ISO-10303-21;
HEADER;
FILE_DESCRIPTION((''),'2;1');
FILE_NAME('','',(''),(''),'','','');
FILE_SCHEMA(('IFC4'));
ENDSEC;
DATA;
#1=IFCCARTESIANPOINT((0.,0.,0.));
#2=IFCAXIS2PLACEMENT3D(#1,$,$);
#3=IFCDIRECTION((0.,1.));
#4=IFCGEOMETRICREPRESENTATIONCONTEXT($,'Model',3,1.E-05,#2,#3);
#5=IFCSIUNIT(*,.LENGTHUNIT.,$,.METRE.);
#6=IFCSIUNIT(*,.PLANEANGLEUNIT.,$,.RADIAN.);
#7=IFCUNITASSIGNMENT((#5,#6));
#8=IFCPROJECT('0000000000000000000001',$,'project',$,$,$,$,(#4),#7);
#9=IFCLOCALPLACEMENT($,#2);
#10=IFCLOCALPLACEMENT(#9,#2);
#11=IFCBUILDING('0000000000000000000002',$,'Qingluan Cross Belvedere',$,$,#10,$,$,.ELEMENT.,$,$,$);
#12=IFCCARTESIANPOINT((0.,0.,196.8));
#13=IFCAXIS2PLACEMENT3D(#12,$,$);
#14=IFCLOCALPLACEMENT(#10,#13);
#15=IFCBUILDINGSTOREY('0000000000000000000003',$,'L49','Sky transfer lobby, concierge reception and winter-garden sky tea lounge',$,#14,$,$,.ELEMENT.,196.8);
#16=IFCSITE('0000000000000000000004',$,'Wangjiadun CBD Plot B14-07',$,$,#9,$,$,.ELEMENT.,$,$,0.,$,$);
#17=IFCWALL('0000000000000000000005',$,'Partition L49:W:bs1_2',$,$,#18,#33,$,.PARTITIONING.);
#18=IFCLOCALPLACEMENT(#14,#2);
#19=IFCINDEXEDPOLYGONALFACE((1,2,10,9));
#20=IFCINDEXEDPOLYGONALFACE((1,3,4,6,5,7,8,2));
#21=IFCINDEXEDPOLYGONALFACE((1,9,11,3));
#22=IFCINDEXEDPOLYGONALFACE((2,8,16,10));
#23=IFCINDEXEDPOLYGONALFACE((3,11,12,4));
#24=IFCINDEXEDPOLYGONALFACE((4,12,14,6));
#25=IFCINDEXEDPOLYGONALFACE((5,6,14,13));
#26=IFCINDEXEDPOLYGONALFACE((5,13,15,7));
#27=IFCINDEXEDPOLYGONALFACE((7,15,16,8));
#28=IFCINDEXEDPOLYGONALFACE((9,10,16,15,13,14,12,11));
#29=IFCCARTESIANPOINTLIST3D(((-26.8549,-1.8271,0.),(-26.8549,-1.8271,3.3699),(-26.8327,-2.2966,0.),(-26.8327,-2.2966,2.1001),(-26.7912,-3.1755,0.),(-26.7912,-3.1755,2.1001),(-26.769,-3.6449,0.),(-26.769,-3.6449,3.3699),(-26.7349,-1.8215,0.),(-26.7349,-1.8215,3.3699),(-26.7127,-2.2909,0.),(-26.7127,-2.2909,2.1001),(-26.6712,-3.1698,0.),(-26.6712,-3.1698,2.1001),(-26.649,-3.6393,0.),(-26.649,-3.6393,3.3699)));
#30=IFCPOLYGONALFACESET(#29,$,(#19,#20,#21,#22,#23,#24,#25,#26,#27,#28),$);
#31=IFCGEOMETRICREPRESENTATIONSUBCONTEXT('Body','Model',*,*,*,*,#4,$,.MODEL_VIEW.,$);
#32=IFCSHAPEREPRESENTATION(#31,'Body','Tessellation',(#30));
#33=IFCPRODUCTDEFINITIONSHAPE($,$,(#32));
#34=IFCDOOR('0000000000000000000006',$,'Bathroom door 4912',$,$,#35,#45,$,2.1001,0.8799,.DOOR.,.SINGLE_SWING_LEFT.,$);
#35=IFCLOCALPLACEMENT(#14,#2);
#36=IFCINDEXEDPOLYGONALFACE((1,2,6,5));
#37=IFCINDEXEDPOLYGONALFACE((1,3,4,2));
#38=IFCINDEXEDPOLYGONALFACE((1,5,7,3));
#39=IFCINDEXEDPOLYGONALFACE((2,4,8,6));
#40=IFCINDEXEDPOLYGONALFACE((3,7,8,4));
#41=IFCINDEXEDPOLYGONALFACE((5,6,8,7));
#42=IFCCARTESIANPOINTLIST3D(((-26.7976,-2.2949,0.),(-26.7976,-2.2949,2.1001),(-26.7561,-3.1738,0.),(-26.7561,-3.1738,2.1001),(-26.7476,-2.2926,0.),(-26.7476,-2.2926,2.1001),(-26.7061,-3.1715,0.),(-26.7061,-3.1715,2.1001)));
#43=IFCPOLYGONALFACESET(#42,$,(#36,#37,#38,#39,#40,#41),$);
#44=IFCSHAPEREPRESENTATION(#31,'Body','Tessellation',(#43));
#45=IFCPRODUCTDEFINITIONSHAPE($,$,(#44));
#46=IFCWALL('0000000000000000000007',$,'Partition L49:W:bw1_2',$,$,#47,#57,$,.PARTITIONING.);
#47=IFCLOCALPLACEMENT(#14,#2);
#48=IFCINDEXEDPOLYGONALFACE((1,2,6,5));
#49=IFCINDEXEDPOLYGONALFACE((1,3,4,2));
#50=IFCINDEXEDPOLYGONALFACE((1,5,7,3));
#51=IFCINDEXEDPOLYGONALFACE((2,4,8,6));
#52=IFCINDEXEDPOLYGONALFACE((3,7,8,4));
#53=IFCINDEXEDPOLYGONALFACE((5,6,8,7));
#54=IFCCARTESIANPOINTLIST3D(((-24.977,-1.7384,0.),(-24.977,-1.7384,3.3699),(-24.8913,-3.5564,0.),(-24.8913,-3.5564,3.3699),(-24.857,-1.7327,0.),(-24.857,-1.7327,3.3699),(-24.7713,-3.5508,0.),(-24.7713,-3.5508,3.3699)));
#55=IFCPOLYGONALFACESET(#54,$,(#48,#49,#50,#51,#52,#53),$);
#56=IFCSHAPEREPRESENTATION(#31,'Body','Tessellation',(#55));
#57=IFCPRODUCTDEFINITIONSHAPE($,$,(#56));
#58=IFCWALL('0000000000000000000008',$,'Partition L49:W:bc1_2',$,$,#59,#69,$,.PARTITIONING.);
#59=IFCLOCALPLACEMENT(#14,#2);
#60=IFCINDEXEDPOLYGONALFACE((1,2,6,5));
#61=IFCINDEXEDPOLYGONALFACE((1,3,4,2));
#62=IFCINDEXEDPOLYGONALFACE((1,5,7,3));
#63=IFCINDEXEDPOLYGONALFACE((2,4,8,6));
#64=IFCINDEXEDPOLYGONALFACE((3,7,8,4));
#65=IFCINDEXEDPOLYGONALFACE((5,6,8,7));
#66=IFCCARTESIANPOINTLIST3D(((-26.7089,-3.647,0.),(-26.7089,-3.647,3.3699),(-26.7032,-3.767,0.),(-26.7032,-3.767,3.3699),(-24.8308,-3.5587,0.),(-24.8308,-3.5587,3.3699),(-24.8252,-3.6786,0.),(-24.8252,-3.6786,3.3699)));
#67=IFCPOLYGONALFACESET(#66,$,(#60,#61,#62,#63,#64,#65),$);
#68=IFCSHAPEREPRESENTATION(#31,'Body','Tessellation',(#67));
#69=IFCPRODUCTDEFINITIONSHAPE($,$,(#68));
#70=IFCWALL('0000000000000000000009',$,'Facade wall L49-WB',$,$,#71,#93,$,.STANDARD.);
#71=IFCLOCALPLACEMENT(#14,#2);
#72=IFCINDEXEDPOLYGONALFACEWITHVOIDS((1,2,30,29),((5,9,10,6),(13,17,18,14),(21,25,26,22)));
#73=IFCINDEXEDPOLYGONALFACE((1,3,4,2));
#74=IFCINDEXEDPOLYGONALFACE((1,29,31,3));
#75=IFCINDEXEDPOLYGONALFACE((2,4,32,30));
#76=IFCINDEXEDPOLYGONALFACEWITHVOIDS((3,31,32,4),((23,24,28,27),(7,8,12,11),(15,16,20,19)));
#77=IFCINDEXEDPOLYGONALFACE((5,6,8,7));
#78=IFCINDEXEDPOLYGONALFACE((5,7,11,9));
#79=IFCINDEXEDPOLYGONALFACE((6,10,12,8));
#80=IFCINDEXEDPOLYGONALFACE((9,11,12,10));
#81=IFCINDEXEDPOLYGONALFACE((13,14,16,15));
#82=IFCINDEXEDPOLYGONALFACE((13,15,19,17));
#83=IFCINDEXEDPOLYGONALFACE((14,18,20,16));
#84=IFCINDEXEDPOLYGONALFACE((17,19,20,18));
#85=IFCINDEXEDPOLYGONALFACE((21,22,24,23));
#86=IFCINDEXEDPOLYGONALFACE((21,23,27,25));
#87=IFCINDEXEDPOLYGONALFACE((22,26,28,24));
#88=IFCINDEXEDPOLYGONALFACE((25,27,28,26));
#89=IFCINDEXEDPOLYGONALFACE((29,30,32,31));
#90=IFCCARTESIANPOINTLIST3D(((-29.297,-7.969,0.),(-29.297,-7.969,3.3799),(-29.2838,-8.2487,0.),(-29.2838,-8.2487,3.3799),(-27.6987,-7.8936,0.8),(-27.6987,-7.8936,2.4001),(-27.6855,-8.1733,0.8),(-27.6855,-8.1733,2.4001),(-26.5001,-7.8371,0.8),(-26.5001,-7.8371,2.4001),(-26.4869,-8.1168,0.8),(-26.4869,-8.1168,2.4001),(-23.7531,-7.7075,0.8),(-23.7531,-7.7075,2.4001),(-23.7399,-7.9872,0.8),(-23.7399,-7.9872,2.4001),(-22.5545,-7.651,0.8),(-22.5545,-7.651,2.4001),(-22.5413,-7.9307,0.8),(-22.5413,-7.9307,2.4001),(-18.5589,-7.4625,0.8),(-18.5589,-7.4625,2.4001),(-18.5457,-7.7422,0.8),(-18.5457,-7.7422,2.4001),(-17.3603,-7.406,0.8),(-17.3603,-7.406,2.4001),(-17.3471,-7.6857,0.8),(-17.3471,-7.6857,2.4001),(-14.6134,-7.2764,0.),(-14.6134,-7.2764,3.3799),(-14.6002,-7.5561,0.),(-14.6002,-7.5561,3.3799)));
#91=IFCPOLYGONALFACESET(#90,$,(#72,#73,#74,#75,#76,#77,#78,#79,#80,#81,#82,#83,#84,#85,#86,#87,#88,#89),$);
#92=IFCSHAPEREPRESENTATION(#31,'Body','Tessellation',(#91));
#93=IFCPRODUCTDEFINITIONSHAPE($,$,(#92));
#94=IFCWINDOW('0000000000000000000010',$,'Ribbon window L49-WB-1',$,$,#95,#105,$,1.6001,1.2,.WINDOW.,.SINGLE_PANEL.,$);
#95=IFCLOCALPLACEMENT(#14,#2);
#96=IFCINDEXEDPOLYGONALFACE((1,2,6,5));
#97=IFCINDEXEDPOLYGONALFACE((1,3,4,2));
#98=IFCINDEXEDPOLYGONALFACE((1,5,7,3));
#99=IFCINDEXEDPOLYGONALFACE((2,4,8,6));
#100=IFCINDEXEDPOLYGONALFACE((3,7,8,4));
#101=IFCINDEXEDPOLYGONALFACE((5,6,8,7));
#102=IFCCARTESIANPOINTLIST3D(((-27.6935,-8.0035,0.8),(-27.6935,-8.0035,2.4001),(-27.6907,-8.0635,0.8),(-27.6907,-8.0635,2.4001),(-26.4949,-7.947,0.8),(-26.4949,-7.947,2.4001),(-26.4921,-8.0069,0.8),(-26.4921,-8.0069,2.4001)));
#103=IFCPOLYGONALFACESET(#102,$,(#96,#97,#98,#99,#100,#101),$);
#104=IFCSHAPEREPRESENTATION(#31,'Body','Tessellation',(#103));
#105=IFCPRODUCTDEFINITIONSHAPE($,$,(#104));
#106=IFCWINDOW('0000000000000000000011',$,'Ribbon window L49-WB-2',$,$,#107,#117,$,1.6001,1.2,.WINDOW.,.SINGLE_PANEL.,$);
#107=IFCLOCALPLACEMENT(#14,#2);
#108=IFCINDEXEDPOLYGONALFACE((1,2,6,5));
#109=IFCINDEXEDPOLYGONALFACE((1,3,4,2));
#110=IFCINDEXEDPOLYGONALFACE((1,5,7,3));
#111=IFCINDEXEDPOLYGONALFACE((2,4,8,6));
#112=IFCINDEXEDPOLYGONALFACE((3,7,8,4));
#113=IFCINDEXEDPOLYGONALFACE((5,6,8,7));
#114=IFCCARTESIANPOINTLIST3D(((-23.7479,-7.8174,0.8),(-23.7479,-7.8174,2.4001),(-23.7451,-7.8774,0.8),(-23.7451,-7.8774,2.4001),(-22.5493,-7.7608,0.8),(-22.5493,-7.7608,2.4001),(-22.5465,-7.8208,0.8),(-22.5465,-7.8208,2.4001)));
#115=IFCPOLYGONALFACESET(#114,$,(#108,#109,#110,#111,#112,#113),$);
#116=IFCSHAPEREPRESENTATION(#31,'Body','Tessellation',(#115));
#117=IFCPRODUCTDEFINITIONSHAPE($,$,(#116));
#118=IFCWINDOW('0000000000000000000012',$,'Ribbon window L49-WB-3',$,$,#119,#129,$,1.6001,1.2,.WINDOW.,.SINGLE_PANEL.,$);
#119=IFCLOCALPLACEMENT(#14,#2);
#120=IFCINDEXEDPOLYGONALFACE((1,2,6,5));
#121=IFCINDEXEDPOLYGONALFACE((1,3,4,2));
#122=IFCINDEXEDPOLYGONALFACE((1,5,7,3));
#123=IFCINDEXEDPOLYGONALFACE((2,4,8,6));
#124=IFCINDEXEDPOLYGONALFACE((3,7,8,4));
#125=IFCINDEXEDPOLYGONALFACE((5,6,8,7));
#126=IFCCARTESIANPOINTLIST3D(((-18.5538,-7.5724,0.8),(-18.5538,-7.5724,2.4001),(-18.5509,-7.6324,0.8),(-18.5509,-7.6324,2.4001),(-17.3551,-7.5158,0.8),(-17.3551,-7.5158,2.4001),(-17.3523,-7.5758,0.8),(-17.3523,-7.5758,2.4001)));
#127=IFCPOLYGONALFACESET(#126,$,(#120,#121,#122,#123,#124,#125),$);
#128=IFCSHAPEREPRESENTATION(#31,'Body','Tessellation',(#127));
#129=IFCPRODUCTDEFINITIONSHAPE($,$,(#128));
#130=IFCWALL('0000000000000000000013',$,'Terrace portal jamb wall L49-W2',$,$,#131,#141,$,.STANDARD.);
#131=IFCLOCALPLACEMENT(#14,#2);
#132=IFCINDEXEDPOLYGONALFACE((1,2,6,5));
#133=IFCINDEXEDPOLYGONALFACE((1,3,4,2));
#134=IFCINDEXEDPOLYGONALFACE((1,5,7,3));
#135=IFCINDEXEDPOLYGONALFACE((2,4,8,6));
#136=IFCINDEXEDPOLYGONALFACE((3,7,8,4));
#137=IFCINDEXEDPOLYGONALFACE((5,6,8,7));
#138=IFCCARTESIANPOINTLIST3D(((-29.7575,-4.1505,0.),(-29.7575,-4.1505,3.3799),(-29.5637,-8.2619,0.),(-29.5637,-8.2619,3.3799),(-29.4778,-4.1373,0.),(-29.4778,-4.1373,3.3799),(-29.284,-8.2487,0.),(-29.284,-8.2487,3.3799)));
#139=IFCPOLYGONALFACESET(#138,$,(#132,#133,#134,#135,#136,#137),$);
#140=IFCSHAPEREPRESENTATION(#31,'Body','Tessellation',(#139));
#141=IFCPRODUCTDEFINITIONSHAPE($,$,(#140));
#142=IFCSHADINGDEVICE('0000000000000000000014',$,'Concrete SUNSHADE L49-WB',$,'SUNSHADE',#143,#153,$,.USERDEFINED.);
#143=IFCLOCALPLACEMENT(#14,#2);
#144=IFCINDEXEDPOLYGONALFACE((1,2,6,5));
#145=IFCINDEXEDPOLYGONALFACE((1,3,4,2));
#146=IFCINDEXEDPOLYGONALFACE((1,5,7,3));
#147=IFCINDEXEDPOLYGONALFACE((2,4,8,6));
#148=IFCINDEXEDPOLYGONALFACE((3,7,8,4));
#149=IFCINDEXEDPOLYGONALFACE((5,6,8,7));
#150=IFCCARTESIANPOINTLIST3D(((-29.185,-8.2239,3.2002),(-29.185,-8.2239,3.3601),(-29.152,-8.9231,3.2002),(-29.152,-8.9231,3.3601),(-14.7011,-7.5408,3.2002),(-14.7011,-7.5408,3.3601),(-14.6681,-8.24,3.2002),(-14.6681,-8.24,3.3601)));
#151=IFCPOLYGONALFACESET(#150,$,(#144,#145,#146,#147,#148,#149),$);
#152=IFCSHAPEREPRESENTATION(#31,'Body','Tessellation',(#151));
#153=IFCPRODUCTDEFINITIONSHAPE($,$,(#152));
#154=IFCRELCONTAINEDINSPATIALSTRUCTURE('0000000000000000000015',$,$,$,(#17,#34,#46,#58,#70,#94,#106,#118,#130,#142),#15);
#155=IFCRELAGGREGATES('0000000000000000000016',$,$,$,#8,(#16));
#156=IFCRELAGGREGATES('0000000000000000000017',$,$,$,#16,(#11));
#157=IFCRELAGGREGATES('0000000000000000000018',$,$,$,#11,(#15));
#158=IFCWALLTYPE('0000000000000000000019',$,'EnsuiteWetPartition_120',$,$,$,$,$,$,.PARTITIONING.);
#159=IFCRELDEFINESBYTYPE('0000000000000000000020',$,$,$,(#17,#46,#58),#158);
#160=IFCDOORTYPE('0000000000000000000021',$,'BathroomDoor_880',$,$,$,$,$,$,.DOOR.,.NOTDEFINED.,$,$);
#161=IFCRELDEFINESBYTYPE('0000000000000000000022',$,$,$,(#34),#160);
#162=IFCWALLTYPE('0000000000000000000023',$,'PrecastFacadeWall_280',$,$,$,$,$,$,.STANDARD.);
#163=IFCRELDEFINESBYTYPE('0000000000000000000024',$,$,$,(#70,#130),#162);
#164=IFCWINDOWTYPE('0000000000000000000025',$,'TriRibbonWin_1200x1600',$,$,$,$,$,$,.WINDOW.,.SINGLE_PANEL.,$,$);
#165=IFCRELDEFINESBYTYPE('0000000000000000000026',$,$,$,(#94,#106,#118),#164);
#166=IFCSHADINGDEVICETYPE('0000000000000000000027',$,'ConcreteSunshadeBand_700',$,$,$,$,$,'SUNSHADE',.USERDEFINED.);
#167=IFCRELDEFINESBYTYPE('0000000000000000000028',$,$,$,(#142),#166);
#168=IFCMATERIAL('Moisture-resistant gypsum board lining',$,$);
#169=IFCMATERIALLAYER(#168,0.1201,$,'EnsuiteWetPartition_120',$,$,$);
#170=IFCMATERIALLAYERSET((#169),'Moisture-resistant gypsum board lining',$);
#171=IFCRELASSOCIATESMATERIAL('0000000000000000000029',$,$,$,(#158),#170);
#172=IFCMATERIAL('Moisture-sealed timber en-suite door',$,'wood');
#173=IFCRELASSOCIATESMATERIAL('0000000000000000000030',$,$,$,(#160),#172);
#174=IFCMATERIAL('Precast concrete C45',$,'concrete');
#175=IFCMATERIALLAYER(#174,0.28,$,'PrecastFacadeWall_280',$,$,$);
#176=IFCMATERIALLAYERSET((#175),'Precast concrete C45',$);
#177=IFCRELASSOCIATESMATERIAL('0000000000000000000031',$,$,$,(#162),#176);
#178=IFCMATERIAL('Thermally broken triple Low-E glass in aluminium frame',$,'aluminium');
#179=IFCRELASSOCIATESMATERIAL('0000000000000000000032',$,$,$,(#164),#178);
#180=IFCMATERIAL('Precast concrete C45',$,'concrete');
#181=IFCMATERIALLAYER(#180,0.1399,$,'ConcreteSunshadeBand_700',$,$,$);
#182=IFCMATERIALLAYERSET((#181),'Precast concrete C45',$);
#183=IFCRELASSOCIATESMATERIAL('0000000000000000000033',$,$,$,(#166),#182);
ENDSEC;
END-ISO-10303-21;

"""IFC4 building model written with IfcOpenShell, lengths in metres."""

from ifc_helpers import new_model, si_unit, direction, frame, frame_2d, origin, origin_2d, place, context, subcontext, project, spatial, rectangle, extrude, material, layer, layer_set, type_object, element, fill, save


model = new_model("IFC4")

# Units and contexts
model_context = context("Model", 3, precision=1e-05, world=origin(), true_north=direction((0.0, 1.0)))
body_context = subcontext(model_context, "Body", "Model", "MODEL_VIEW")
ifc_project = project(units=[si_unit("LENGTHUNIT", "METRE"), si_unit("PLANEANGLEUNIT", "RADIAN")], contexts=[model_context])

# Site, building, storey
site_placement = place(None, origin())
site = spatial("IfcSite", under=ifc_project, at=site_placement, Name="Wangjiadun CBD Plot B14-07", CompositionType="ELEMENT", RefElevation=0.0)
building_placement = place(site_placement, origin())
building = spatial("IfcBuilding", under=site, at=building_placement, Name="Qingluan Cross Belvedere", CompositionType="ELEMENT")
storey_placement = place(building_placement, frame((0.0, 0.0, 196.8)))
storey = spatial("IfcBuildingStorey", under=building, at=storey_placement, Name="L49", Description="Sky transfer lobby, concierge reception and winter-garden sky tea lounge", CompositionType="ELEMENT", Elevation=196.8)

# Shared definitions
ifc_material_1 = material(Name="Moisture-resistant gypsum board lining")
ifc_layer_1 = layer(ifc_material_1, 0.1201, Name="EnsuiteWetPartition_120")
ifc_layer_set_1 = layer_set([ifc_layer_1], Name="Moisture-resistant gypsum board lining")
wall_type_1 = type_object("IfcWallType", Name="EnsuiteWetPartition_120", PredefinedType="PARTITIONING", material=ifc_layer_set_1)
ifc_material_2 = material(Name="Moisture-sealed timber en-suite door", Category="wood")
door_type = type_object("IfcDoorType", Name="BathroomDoor_880", OperationType="NOTDEFINED", PredefinedType="DOOR", material=ifc_material_2)

# Wall, opening, door
wall_1_placement = place(storey_placement, frame((-26.709, -3.6421, 0.0), z_axis=(0.0, 0.0, 1.0), x_axis=(-0.047221, 0.998884, 0.0)))
wall_1 = element("IfcWall", 1, at=wall_1_placement, inside=storey, type_object=wall_type_1, Name="Partition L49:W:bs1_2", PredefinedType="PARTITIONING", context=body_context, shape_type="SweptSolid", body=[
    extrude(rectangle(XDim=1.8198, YDim=0.1201, at=frame_2d((0.9099, 0.0))), origin(), (0.0, 0.0, 1.0), 3.3699),
])
opening_1_placement = place(wall_1_placement, frame((0.47, 0.0, 0.0)))
opening_1 = element("IfcOpeningElement", 2, at=opening_1_placement, cuts=wall_1, PredefinedType="OPENING", context=body_context, shape_type="SweptSolid", body=[
    extrude(rectangle(XDim=0.8799, YDim=2.1001, at=frame_2d((0.4399, 1.05))), frame((0.0, 0.0701, 0.0), z_axis=(0.0, -1.0, 0.0), x_axis=(1.0, 0.0, 0.0)), (0.0, 0.0, 1.0), 0.1401),
])
door_1_placement = place(opening_1_placement, origin())
door_1 = element("IfcDoor", 3, at=door_1_placement, inside=storey, type_object=door_type, Name="Bathroom door 4912", OperationType="SINGLE_SWING_LEFT", OverallHeight=2.1001, OverallWidth=0.8799, PredefinedType="DOOR", context=body_context, shape_type="SweptSolid", body=[
    extrude(rectangle(XDim=0.8799, YDim=2.1001, at=frame_2d((0.4399, 1.05))), frame((0.0, 0.0249, 0.0), z_axis=(0.0, -1.0, 0.0), x_axis=(1.0, 0.0, 0.0)), (0.0, 0.0, 1.0), 0.05),
])
fill(opening_1, door_1)

# Walls
wall_2_placement = place(storey_placement, frame((-24.8313, -3.5537, 0.0), z_axis=(0.0, 0.0, 1.0), x_axis=(-0.047081, 0.998891, 0.0)))
element("IfcWall", 4, at=wall_2_placement, inside=storey, type_object=wall_type_1, Name="Partition L49:W:bw1_2", PredefinedType="PARTITIONING", context=body_context, shape_type="SweptSolid", body=[
    extrude(rectangle(XDim=1.8201, YDim=0.1201, at=frame_2d((0.9102, 0.0))), origin(), (0.0, 0.0, 1.0), 3.3699),
])
wall_3_placement = place(storey_placement, frame((-24.8281, -3.6187, 0.0), z_axis=(0.0, 0.0, 1.0), x_axis=(-0.998894, -0.04701, 0.0)))
element("IfcWall", 5, at=wall_3_placement, inside=storey, type_object=wall_type_1, Name="Partition L49:W:bc1_2", PredefinedType="PARTITIONING", context=body_context, shape_type="SweptSolid", body=[
    extrude(rectangle(XDim=1.8801, YDim=0.1201, at=frame_2d((0.9399, 0.0))), origin(), (0.0, 0.0, 1.0), 3.3699),
])

# Wall, openings, windows
ifc_material_3 = material(Name="Precast concrete C45", Category="concrete")
ifc_layer_2 = layer(ifc_material_3, 0.28, Name="PrecastFacadeWall_280")
ifc_layer_set_2 = layer_set([ifc_layer_2], Name="Precast concrete C45")
wall_type_2 = type_object("IfcWallType", Name="PrecastFacadeWall_280", PredefinedType="STANDARD", material=ifc_layer_set_2)
wall_4_placement = place(storey_placement, frame((-29.2905, -8.1089, 0.0), z_axis=(0.0, 0.0, 1.0), x_axis=(0.998889, 0.047118, 0.0)))
wall_4 = element("IfcWall", 6, at=wall_4_placement, inside=storey, type_object=wall_type_2, Name="Facade wall L49-WB", PredefinedType="STANDARD", context=body_context, shape_type="SweptSolid", body=[
    extrude(rectangle(XDim=14.7, YDim=0.28, at=frame_2d((7.3501, 0.0))), origin(), (0.0, 0.0, 1.0), 3.3799),
])
opening_2_placement = place(wall_4_placement, frame((1.6001, 0.0, 0.8)))
opening_2 = element("IfcOpeningElement", 7, at=opening_2_placement, cuts=wall_4, PredefinedType="OPENING", context=body_context, shape_type="SweptSolid", body=[
    extrude(rectangle(XDim=1.2, YDim=1.6001, at=frame_2d((0.6001, 0.8))), frame((0.0, 0.1499, 0.0), z_axis=(0.0, -1.0, 0.0), x_axis=(1.0, 0.0, 0.0)), (0.0, 0.0, 1.0), 0.3),
])
opening_3_placement = place(wall_4_placement, frame((5.55, 0.0, 0.8)))
opening_3 = element("IfcOpeningElement", 8, at=opening_3_placement, cuts=wall_4, PredefinedType="OPENING", context=body_context, shape_type="SweptSolid", body=[
    extrude(rectangle(XDim=1.2, YDim=1.6001, at=frame_2d((0.6001, 0.8))), frame((0.0, 0.1499, 0.0), z_axis=(0.0, -1.0, 0.0), x_axis=(1.0, 0.0, 0.0)), (0.0, 0.0, 1.0), 0.3),
])
opening_4_placement = place(wall_4_placement, frame((10.75, 0.0, 0.8)))
opening_4 = element("IfcOpeningElement", 9, at=opening_4_placement, cuts=wall_4, PredefinedType="OPENING", context=body_context, shape_type="SweptSolid", body=[
    extrude(rectangle(XDim=1.2, YDim=1.6001, at=frame_2d((0.6001, 0.8))), frame((0.0, 0.1499, 0.0), z_axis=(0.0, -1.0, 0.0), x_axis=(1.0, 0.0, 0.0)), (0.0, 0.0, 1.0), 0.3),
])
ifc_material_4 = material(Name="Thermally broken triple Low-E glass in aluminium frame", Category="aluminium")
window_type = type_object("IfcWindowType", Name="TriRibbonWin_1200x1600", PartitioningType="SINGLE_PANEL", PredefinedType="WINDOW", material=ifc_material_4)
window_1_placement = place(opening_2_placement, origin())
window_1 = element("IfcWindow", 10, at=window_1_placement, inside=storey, type_object=window_type, Name="Ribbon window L49-WB-1", OverallHeight=1.6001, OverallWidth=1.2, PartitioningType="SINGLE_PANEL", PredefinedType="WINDOW", context=body_context, shape_type="SweptSolid", body=[
    extrude(rectangle(XDim=1.2, YDim=1.6001, at=frame_2d((0.6001, 0.8))), frame((0.0, 0.03, 0.0), z_axis=(0.0, -1.0, 0.0), x_axis=(1.0, 0.0, 0.0)), (0.0, 0.0, 1.0), 0.0601),
])
fill(opening_2, window_1)
window_2_placement = place(opening_3_placement, origin())
window_2 = element("IfcWindow", 11, at=window_2_placement, inside=storey, type_object=window_type, Name="Ribbon window L49-WB-2", OverallHeight=1.6001, OverallWidth=1.2, PartitioningType="SINGLE_PANEL", PredefinedType="WINDOW", context=body_context, shape_type="SweptSolid", body=[
    extrude(rectangle(XDim=1.2, YDim=1.6001, at=frame_2d((0.6001, 0.8))), frame((0.0, 0.03, 0.0), z_axis=(0.0, -1.0, 0.0), x_axis=(1.0, 0.0, 0.0)), (0.0, 0.0, 1.0), 0.0601),
])
fill(opening_3, window_2)
window_3_placement = place(opening_4_placement, origin())
window_3 = element("IfcWindow", 12, at=window_3_placement, inside=storey, type_object=window_type, Name="Ribbon window L49-WB-3", OverallHeight=1.6001, OverallWidth=1.2, PartitioningType="SINGLE_PANEL", PredefinedType="WINDOW", context=body_context, shape_type="SweptSolid", body=[
    extrude(rectangle(XDim=1.2, YDim=1.6001, at=frame_2d((0.6001, 0.8))), frame((0.0, 0.03, 0.0), z_axis=(0.0, -1.0, 0.0), x_axis=(1.0, 0.0, 0.0)), (0.0, 0.0, 1.0), 0.0601),
])
fill(opening_4, window_3)

# Wall
wall_5_placement = place(storey_placement, frame((-29.6177, -4.1438, 0.0), z_axis=(0.0, 0.0, 1.0), x_axis=(0.047097, -0.99889, 0.0)))
element("IfcWall", 13, at=wall_5_placement, inside=storey, type_object=wall_type_2, Name="Terrace portal jamb wall L49-W2", PredefinedType="STANDARD", context=body_context, shape_type="SweptSolid", body=[
    extrude(rectangle(XDim=4.116, YDim=0.28, at=frame_2d((2.0581, 0.0))), origin(), (0.0, 0.0, 1.0), 3.3799),
])

# Shading device
ifc_material_5 = material(Name="Precast concrete C45", Category="concrete")
ifc_layer_3 = layer(ifc_material_5, 0.1399, Name="ConcreteSunshadeBand_700")
ifc_layer_set_3 = layer_set([ifc_layer_3], Name="Precast concrete C45")
shading_device_type = type_object("IfcShadingDeviceType", Name="ConcreteSunshadeBand_700", ElementType="SUNSHADE", PredefinedType="USERDEFINED", material=ifc_layer_set_3)
shading_device_placement = place(storey_placement, frame((-21.9265, -8.2319, 3.2002), z_axis=(0.0, 0.0, 1.0), x_axis=(0.99889, 0.047109, 0.0)))
element("IfcShadingDevice", 14, at=shading_device_placement, inside=storey, type_object=shading_device_type, Name="Concrete SUNSHADE L49-WB", ObjectType="SUNSHADE", PredefinedType="USERDEFINED", context=body_context, shape_type="SweptSolid", body=[
    extrude(rectangle(XDim=14.5, YDim=0.7, at=origin_2d()), origin(), (0.0, 0.0, 1.0), 0.1599),
])

save(model, "model.ifc")
